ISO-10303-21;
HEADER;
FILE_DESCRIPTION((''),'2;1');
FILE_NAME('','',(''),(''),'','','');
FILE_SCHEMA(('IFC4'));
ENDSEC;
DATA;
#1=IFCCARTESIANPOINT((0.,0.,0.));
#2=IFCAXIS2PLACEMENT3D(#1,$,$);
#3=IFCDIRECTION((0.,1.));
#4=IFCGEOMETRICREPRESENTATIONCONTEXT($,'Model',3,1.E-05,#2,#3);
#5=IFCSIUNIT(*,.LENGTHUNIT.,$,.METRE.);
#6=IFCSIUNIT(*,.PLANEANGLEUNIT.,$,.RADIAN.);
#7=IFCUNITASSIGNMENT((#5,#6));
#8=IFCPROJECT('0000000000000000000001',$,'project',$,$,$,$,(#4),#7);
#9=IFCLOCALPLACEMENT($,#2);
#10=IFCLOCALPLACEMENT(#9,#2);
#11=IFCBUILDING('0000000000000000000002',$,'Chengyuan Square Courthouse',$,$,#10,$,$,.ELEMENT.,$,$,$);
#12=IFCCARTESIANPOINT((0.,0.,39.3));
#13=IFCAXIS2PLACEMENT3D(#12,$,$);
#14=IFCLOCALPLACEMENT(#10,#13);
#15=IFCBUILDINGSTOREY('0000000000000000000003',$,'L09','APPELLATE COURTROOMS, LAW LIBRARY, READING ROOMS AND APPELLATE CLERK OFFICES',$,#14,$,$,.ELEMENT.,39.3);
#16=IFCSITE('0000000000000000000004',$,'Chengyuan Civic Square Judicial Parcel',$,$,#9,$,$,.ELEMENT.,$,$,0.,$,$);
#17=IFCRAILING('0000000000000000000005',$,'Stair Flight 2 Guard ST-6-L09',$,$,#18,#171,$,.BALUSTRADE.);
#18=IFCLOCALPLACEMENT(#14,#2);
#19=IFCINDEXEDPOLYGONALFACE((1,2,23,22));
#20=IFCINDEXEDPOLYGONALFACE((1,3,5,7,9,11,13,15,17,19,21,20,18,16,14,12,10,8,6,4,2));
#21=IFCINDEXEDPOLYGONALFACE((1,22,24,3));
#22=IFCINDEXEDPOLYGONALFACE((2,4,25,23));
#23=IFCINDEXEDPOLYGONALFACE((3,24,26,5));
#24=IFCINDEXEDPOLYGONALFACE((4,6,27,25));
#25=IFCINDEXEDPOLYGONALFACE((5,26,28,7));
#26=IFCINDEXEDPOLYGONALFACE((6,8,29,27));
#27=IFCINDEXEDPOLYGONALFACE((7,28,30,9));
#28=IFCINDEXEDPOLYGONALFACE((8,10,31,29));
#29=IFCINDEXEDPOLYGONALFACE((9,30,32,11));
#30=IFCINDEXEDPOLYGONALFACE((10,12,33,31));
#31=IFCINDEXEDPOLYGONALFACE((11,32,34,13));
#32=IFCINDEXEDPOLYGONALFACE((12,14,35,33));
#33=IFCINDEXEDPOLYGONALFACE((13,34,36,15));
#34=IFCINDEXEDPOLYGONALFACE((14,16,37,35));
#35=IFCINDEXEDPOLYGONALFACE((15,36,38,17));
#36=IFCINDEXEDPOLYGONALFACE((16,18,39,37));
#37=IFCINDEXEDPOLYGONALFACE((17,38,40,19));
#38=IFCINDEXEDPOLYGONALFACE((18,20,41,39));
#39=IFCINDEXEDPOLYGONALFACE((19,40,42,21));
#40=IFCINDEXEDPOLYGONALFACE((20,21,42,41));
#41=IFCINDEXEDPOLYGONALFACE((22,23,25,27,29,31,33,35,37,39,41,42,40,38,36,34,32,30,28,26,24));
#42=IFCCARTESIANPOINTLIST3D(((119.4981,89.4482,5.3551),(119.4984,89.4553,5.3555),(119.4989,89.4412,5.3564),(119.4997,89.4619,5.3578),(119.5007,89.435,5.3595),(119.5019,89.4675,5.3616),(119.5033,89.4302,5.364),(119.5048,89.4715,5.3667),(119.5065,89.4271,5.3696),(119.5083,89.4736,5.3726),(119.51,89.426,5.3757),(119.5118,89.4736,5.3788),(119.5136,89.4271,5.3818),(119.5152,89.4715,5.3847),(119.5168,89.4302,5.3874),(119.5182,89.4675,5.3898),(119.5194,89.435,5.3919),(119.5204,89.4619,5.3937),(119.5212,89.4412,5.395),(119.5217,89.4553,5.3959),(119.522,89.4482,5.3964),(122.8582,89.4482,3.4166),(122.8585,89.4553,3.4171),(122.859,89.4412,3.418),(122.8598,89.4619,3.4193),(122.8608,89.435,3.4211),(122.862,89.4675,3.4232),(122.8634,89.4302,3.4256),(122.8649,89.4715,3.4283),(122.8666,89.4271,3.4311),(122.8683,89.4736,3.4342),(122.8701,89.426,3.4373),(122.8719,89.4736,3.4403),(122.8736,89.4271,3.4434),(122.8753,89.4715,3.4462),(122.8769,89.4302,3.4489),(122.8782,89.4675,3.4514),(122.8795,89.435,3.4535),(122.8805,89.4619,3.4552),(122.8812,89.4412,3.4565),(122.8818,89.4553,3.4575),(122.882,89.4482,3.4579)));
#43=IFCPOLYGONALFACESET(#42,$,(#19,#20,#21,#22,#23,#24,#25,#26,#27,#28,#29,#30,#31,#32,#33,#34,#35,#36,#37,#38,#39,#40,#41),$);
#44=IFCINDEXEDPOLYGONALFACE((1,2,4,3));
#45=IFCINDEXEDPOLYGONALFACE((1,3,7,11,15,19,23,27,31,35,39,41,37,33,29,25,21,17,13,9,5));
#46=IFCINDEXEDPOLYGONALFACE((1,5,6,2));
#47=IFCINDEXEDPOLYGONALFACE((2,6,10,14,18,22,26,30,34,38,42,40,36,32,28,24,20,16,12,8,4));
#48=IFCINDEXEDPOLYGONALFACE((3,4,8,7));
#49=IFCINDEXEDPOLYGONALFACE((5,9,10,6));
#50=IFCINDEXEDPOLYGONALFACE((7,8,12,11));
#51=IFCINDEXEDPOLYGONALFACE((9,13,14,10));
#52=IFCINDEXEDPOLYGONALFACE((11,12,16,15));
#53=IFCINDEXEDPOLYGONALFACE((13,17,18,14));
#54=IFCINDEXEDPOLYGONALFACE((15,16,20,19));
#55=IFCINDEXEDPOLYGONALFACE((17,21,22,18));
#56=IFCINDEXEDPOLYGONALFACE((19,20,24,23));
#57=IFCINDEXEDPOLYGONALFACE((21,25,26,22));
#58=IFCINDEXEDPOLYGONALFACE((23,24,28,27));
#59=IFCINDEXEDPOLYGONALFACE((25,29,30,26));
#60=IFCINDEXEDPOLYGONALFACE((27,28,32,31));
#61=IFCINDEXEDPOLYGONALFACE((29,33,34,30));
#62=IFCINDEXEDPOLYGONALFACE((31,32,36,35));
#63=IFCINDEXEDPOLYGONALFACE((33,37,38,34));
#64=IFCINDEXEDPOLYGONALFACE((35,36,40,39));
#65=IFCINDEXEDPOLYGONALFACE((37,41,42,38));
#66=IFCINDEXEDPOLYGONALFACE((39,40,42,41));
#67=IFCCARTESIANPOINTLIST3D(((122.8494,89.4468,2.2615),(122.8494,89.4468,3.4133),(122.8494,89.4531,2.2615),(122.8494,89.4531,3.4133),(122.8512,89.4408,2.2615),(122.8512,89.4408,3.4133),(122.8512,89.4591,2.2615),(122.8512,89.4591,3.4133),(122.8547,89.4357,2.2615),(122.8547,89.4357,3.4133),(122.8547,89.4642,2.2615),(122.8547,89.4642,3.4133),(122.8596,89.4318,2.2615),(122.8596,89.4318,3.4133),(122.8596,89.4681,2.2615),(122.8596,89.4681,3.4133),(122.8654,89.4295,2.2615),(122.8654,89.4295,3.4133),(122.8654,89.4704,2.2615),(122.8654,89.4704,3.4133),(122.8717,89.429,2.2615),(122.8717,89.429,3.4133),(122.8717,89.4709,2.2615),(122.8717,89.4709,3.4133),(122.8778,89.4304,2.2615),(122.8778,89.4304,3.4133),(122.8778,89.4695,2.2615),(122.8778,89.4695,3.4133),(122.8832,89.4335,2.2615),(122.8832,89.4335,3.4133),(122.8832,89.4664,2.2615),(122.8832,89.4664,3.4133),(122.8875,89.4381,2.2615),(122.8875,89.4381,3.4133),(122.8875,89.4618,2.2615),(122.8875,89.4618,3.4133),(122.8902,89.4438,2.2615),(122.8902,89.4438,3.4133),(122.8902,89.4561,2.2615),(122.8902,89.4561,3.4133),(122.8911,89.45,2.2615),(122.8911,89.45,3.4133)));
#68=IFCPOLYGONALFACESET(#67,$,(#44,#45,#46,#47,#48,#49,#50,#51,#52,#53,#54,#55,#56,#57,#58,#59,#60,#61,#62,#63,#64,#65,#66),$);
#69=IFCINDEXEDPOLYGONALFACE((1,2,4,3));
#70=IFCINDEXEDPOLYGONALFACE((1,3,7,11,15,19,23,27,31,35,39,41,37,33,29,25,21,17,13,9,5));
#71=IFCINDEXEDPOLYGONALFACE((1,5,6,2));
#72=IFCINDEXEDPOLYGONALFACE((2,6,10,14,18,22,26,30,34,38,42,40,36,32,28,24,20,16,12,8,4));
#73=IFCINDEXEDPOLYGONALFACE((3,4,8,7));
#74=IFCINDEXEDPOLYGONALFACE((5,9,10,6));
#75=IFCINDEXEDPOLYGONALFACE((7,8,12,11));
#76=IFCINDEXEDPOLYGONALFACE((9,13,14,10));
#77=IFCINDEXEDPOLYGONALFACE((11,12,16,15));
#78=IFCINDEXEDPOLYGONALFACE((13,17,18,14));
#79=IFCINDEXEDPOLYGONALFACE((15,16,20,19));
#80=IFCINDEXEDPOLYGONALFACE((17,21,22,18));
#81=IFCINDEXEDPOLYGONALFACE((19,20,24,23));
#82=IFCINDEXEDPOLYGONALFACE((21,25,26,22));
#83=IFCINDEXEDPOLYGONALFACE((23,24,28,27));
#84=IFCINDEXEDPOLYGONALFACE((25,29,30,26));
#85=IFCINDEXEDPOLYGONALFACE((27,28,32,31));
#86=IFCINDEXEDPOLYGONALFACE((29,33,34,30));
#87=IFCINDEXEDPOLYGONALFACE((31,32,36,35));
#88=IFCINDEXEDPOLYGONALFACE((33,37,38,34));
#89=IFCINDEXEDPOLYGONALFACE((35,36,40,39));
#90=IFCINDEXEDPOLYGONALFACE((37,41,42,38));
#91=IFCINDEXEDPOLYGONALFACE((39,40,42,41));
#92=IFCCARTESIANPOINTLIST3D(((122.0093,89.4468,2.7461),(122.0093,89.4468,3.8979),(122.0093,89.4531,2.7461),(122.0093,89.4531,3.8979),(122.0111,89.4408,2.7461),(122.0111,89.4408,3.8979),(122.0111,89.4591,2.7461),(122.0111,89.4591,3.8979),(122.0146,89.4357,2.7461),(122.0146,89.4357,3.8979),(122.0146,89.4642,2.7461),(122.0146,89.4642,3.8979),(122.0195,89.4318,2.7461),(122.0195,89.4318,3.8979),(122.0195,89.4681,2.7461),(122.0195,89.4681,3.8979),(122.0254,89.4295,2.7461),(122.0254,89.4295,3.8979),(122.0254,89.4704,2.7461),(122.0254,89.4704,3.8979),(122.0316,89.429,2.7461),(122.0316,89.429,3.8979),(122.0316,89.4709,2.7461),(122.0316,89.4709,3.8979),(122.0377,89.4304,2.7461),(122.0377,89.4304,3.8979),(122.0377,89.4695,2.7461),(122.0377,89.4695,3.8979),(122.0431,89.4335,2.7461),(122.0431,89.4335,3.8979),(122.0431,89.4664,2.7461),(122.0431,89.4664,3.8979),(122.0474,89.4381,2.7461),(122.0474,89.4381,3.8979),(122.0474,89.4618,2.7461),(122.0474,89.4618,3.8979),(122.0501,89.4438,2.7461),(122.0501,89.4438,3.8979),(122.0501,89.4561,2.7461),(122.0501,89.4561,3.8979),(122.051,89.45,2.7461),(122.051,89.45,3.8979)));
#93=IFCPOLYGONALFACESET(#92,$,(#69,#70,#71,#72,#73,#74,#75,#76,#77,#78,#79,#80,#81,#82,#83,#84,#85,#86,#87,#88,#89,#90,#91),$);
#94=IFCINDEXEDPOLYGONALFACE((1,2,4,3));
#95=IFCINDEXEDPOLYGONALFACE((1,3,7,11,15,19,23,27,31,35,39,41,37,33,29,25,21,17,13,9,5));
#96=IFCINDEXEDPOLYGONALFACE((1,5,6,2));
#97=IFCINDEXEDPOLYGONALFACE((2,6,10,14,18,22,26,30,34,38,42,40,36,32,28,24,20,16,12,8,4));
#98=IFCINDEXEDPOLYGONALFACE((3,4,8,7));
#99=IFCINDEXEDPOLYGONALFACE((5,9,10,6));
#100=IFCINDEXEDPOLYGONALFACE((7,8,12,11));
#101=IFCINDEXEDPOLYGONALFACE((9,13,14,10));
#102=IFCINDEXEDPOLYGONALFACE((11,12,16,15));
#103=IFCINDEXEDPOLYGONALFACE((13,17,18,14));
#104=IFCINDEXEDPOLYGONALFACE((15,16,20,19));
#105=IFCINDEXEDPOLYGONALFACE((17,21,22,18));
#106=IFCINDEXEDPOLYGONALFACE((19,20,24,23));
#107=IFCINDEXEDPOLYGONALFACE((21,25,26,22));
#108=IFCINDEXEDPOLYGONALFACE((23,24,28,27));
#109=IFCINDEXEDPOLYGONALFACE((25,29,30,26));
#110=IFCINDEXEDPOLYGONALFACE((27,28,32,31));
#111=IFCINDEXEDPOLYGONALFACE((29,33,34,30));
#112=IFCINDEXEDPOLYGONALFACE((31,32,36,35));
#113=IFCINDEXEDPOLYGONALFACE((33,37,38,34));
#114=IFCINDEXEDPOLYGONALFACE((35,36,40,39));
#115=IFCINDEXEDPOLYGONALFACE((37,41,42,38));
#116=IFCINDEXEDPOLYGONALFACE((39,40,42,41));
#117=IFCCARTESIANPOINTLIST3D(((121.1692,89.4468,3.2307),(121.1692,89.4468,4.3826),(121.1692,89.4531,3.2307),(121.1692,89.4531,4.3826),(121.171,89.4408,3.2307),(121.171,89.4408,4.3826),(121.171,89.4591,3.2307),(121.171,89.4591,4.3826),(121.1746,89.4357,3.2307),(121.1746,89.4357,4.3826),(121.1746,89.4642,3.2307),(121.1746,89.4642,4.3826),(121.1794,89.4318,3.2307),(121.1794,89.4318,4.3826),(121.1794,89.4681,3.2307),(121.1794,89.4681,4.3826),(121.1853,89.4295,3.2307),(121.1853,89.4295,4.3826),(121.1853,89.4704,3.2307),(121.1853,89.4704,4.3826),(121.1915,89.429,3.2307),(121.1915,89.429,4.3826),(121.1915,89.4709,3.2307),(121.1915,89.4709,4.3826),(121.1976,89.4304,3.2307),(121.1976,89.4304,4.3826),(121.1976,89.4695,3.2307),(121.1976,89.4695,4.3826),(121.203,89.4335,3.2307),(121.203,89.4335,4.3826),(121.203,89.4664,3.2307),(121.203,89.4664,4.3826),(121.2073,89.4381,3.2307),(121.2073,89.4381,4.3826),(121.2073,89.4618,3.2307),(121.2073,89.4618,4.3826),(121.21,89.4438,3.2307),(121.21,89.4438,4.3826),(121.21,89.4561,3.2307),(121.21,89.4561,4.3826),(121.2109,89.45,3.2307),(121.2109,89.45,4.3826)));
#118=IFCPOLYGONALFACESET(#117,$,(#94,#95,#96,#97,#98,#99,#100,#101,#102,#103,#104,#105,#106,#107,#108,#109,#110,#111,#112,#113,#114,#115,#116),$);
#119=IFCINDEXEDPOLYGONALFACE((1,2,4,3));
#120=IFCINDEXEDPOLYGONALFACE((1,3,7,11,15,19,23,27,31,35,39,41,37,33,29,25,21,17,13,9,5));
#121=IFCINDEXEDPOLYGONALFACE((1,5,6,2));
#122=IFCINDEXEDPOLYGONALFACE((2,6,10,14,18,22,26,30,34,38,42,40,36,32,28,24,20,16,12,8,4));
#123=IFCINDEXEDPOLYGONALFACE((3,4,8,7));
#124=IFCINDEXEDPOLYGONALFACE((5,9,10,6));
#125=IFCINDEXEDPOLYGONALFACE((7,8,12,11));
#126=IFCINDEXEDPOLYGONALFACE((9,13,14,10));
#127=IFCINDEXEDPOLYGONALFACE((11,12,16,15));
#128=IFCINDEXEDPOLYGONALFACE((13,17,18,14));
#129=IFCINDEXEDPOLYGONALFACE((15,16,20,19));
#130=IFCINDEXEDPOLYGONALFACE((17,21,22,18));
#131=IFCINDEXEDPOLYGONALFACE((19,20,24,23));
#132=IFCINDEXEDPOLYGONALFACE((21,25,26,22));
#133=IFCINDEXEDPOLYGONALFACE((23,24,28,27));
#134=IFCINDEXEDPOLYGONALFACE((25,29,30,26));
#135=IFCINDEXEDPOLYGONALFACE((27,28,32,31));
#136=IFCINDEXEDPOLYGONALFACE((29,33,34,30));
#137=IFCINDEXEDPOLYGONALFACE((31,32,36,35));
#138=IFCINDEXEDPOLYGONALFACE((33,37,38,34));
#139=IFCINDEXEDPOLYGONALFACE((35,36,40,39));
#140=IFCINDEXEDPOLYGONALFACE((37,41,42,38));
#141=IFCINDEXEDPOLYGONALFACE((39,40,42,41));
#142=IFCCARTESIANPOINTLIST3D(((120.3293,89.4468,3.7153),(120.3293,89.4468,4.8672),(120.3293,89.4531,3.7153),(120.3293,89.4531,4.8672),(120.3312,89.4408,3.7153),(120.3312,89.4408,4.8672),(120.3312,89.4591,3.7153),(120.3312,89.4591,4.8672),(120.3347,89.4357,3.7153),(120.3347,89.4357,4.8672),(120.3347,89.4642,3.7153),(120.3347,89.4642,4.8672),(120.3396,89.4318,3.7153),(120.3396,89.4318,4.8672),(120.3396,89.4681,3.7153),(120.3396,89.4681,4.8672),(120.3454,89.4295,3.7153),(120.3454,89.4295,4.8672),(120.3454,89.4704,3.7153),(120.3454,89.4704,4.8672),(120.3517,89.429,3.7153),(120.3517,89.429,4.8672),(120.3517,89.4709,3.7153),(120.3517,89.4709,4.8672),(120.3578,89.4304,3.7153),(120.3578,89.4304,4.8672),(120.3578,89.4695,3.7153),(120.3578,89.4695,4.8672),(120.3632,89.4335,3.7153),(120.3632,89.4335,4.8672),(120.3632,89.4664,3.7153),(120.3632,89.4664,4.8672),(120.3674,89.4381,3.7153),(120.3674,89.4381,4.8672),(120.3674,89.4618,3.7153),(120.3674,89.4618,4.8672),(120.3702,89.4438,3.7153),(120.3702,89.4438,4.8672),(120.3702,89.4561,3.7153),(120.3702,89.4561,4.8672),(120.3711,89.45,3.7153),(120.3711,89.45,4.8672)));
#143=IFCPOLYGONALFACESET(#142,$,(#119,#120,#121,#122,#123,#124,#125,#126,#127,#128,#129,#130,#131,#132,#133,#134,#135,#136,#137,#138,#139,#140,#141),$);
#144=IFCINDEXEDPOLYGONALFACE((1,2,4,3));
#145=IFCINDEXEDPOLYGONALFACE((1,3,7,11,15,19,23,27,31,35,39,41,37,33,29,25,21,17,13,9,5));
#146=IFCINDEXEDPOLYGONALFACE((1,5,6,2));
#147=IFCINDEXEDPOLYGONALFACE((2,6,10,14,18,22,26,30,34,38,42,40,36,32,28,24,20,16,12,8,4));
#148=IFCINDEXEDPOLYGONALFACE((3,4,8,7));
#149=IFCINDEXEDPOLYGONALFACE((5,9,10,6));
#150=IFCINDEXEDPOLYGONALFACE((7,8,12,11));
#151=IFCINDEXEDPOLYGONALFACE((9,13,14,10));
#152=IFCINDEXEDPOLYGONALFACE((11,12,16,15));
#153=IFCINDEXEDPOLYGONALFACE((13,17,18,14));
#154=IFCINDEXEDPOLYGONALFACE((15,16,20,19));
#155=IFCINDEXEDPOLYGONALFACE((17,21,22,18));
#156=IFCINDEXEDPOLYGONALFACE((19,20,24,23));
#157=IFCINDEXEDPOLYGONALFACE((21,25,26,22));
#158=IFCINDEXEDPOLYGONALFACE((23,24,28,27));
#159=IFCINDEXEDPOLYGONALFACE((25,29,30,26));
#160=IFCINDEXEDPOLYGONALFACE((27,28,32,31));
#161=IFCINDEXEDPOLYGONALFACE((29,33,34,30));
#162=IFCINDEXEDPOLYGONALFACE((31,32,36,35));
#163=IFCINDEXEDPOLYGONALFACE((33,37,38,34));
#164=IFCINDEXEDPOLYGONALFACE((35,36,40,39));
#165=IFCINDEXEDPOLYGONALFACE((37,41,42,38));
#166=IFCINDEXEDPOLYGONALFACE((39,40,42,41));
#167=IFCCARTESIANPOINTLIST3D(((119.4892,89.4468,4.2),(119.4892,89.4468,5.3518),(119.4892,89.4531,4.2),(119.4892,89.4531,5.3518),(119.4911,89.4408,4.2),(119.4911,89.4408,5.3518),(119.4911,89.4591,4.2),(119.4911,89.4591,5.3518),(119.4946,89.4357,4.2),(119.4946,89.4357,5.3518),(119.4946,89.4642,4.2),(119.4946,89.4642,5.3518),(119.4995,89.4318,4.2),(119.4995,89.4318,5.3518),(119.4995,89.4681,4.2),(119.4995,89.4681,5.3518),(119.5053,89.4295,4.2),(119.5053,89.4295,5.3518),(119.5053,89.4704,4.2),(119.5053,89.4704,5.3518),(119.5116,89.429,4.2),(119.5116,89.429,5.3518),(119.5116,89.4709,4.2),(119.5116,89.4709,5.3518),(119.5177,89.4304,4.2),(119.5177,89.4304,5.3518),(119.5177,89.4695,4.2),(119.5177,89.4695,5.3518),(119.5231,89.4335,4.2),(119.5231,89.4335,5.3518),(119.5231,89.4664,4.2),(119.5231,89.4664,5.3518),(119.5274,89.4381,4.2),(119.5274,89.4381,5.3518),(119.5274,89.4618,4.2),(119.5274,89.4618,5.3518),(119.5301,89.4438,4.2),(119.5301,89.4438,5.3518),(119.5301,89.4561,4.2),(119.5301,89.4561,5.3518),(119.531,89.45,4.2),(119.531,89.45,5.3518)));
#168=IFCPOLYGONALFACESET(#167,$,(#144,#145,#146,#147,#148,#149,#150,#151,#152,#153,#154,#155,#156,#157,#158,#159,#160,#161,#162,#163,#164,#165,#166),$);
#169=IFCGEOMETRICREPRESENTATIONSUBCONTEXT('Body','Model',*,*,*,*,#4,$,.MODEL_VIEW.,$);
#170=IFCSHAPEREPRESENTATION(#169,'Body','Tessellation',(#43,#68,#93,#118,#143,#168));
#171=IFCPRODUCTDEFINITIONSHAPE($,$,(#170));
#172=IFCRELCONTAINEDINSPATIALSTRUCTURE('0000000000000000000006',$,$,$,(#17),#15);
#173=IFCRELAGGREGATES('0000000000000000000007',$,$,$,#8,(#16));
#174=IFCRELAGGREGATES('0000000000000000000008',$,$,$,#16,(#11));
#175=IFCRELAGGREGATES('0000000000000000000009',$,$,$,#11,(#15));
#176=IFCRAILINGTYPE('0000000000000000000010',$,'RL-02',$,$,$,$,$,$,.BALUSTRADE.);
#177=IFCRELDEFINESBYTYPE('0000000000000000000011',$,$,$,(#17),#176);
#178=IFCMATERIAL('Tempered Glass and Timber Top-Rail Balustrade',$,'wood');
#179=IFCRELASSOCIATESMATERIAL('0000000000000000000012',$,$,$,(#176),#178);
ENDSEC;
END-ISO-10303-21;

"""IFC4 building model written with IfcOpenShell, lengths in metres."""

from ifc_helpers import new_model, si_unit, direction, frame, origin, origin_2d, place, context, subcontext, project, spatial, circle, extrude, material, type_object, element, save


model = new_model("IFC4")

# Units and contexts
model_context = context("Model", 3, precision=1e-05, world=origin(), true_north=direction((0.0, 1.0)))
body_context = subcontext(model_context, "Body", "Model", "MODEL_VIEW")
ifc_project = project(units=[si_unit("LENGTHUNIT", "METRE"), si_unit("PLANEANGLEUNIT", "RADIAN")], contexts=[model_context])

# Site, building, storey
site_placement = place(None, origin())
site = spatial("IfcSite", under=ifc_project, at=site_placement, Name="Chengyuan Civic Square Judicial Parcel", CompositionType="ELEMENT", RefElevation=0.0)
building_placement = place(site_placement, origin())
building = spatial("IfcBuilding", under=site, at=building_placement, Name="Chengyuan Square Courthouse", CompositionType="ELEMENT")
storey_placement = place(building_placement, frame((0.0, 0.0, 39.3)))
storey = spatial("IfcBuildingStorey", under=building, at=storey_placement, Name="L09", Description="APPELLATE COURTROOMS, LAW LIBRARY, READING ROOMS AND APPELLATE CLERK OFFICES", CompositionType="ELEMENT", Elevation=39.3)

# Railing
ifc_material_1 = material(Name="Tempered Glass and Timber Top-Rail Balustrade", Category="wood")
railing_type_1 = type_object("IfcRailingType", Name="RL-02", PredefinedType="BALUSTRADE", material=ifc_material_1)
railing_1_placement = place(storey_placement, frame((122.8701, 89.45, 2.2615)))
element("IfcRailing", 1, at=railing_1_placement, inside=storey, type_object=railing_type_1, Name="Stair Flight 2 Guard ST-6-L09", PredefinedType="BALUSTRADE", context=body_context, shape_type="SweptSolid", body=[
    extrude(circle(Radius=0.0239, at=origin_2d()), frame((0.0, 0.0, 1.1758), z_axis=(-0.866191, 0.0, 0.499713), x_axis=(0.0, -1.0, 0.0)), (0.0, 0.0, 1.0), 3.8792),
    extrude(circle(Radius=0.021, at=origin_2d()), origin(), (0.0, 0.0, 1.0), 1.1519),
    extrude(circle(Radius=0.021, at=origin_2d()), frame((-0.8401, 0.0, 0.4846)), (0.0, 0.0, 1.0), 1.1519),
    extrude(circle(Radius=0.021, at=origin_2d()), frame((-1.6802, 0.0, 0.9692)), (0.0, 0.0, 1.0), 1.1519),
    extrude(circle(Radius=0.021, at=origin_2d()), frame((-2.52, 0.0, 1.4539)), (0.0, 0.0, 1.0), 1.1519),
    extrude(circle(Radius=0.021, at=origin_2d()), frame((-3.3601, 0.0, 1.9385)), (0.0, 0.0, 1.0), 1.1519),
])

save(model, "model.ifc")
